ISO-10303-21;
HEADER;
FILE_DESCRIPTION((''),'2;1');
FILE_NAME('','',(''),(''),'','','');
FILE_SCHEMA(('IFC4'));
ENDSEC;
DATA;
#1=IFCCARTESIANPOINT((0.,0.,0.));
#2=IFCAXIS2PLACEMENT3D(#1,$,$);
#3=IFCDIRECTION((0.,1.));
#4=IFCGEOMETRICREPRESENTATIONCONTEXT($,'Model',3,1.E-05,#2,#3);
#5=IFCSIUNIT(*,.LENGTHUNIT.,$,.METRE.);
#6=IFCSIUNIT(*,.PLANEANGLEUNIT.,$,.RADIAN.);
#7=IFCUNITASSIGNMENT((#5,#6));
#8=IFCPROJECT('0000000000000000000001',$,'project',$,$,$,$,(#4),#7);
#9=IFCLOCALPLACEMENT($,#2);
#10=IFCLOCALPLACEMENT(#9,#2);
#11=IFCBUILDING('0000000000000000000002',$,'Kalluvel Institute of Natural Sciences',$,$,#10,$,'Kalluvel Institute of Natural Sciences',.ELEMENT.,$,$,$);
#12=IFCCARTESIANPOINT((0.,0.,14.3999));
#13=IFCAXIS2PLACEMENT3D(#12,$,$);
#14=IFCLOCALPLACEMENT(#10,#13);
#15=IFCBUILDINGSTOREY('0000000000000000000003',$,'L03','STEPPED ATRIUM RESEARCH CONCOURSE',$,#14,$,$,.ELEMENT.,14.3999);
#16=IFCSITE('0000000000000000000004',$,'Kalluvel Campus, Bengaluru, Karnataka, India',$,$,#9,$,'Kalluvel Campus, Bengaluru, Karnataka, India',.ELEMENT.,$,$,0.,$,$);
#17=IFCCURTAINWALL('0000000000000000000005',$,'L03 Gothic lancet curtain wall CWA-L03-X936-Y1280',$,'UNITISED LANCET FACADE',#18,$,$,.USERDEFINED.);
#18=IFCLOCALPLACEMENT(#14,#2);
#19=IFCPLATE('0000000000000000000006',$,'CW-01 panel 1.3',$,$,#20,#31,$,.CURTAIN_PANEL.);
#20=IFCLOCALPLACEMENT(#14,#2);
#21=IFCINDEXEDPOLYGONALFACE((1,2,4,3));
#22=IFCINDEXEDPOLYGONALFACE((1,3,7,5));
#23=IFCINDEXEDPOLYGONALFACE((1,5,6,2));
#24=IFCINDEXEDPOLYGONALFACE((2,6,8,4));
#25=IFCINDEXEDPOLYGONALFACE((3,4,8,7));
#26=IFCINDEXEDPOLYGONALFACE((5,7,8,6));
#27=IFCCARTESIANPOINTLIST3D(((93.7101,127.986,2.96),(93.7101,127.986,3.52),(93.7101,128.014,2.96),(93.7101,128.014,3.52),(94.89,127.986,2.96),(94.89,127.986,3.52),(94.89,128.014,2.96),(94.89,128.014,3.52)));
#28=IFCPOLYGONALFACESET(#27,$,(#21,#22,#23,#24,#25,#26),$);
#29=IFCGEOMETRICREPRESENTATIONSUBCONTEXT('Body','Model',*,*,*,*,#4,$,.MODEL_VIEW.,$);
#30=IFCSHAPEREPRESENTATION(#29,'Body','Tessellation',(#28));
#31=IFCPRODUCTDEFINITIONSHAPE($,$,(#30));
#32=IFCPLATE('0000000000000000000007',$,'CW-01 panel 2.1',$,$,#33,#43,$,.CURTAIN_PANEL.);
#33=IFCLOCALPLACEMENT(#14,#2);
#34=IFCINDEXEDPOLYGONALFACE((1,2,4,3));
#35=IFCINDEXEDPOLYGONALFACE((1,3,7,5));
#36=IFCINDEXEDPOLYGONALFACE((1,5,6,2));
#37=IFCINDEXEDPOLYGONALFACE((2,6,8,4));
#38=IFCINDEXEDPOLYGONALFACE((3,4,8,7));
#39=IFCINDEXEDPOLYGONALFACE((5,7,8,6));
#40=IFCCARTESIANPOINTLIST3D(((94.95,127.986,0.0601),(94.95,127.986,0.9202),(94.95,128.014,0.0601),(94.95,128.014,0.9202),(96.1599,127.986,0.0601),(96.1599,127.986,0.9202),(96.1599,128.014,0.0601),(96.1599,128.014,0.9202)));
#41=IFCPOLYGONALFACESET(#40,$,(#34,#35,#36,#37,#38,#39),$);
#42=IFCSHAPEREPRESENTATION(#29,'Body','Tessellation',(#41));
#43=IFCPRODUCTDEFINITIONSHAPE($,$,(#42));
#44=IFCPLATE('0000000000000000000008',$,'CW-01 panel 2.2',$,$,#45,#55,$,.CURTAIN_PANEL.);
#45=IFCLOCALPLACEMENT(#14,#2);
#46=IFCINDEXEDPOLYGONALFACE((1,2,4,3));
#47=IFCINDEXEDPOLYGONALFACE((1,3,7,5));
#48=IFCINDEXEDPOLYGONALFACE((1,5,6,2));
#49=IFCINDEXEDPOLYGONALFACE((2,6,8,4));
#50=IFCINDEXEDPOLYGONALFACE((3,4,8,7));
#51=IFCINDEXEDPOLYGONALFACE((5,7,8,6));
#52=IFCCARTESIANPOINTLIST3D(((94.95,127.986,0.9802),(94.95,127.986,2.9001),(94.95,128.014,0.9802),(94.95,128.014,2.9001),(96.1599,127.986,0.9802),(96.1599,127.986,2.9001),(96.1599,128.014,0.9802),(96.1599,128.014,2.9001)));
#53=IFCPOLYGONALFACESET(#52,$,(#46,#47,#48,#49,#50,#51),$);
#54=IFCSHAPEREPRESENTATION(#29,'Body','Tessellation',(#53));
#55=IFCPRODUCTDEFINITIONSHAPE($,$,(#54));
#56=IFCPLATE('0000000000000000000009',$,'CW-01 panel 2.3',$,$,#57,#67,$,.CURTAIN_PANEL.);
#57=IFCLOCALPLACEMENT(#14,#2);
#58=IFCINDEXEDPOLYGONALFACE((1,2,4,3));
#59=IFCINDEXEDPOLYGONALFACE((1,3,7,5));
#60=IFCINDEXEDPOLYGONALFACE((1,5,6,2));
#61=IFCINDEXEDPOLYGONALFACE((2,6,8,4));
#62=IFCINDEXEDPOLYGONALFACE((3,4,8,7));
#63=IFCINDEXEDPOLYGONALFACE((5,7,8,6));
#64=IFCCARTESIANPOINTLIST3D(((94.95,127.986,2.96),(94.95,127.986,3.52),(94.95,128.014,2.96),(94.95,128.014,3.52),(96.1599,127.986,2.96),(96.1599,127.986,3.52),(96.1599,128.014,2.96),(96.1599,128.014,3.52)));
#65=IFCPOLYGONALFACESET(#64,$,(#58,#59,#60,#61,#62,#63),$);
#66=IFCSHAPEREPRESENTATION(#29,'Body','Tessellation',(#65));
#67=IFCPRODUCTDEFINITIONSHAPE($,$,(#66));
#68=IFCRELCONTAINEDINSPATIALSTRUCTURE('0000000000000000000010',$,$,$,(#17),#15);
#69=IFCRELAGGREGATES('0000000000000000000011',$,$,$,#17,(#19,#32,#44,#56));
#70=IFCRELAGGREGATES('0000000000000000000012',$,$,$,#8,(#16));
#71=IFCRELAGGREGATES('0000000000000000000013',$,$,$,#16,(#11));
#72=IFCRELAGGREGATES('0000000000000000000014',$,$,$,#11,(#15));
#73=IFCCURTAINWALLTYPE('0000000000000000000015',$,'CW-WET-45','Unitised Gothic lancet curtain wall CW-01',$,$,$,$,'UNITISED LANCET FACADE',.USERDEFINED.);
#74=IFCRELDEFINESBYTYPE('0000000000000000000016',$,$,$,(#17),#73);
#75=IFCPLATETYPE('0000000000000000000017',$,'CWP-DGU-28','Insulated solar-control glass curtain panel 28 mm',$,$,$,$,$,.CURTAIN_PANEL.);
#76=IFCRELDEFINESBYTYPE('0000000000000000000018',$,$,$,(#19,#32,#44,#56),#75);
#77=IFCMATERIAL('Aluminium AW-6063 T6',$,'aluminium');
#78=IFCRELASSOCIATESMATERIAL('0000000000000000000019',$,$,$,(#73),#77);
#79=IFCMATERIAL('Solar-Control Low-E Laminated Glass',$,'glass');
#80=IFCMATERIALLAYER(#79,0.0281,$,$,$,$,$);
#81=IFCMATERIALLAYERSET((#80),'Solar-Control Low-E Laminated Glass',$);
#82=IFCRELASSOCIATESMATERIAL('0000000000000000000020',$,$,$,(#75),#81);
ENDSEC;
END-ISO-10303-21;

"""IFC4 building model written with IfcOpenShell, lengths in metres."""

from ifc_helpers import new_model, si_unit, direction, frame, origin, origin_2d, place, context, subcontext, project, spatial, rectangle, extrude, material, layer, layer_set, type_object, element, aggregate, save


model = new_model("IFC4")

# Units and contexts
model_context = context("Model", 3, precision=1e-05, world=origin(), true_north=direction((0.0, 1.0)))
body_context = subcontext(model_context, "Body", "Model", "MODEL_VIEW")
ifc_project = project(units=[si_unit("LENGTHUNIT", "METRE"), si_unit("PLANEANGLEUNIT", "RADIAN")], contexts=[model_context])

# Site, building, storey
site_placement = place(None, origin())
site = spatial("IfcSite", under=ifc_project, at=site_placement, Name="Kalluvel Campus, Bengaluru, Karnataka, India", LongName="Kalluvel Campus, Bengaluru, Karnataka, India", CompositionType="ELEMENT", RefElevation=0.0)
building_placement = place(site_placement, origin())
building = spatial("IfcBuilding", under=site, at=building_placement, Name="Kalluvel Institute of Natural Sciences", LongName="Kalluvel Institute of Natural Sciences", CompositionType="ELEMENT")
storey_placement = place(building_placement, frame((0.0, 0.0, 14.3999)))
storey = spatial("IfcBuildingStorey", under=building, at=storey_placement, Name="L03", Description="STEPPED ATRIUM RESEARCH CONCOURSE", CompositionType="ELEMENT", Elevation=14.3999)

# Curtain wall
ifc_material_1 = material(Name="Aluminium AW-6063 T6", Category="aluminium")
curtain_wall_type = type_object("IfcCurtainWallType", Name="CW-WET-45", Description="Unitised Gothic lancet curtain wall CW-01", ElementType="UNITISED LANCET FACADE", PredefinedType="USERDEFINED", material=ifc_material_1)
curtain_wall_1_placement = place(storey_placement, origin())
curtain_wall_1 = element("IfcCurtainWall", 1, at=curtain_wall_1_placement, inside=storey, type_object=curtain_wall_type, Name="L03 Gothic lancet curtain wall CWA-L03-X936-Y1280", ObjectType="UNITISED LANCET FACADE", PredefinedType="USERDEFINED")

# Plates
ifc_material_2 = material(Name="Solar-Control Low-E Laminated Glass", Category="glass")
ifc_layer = layer(ifc_material_2, 0.0281)
ifc_layer_set = layer_set([ifc_layer], Name="Solar-Control Low-E Laminated Glass")
plate_type = type_object("IfcPlateType", Name="CWP-DGU-28", Description="Insulated solar-control glass curtain panel 28 mm", PredefinedType="CURTAIN_PANEL", material=ifc_layer_set)
plate_1_placement = place(storey_placement, frame((94.3, 128.0, 2.96), z_axis=(0.0, 0.0, 1.0), x_axis=(1.0, 0.0, 0.0)))
plate_1 = element("IfcPlate", 2, at=plate_1_placement, type_object=plate_type, Name="CW-01 panel 1.3", PredefinedType="CURTAIN_PANEL", context=body_context, shape_type="SweptSolid", body=[
    extrude(rectangle(XDim=1.1799, YDim=0.0281, at=origin_2d()), origin(), (0.0, 0.0, 1.0), 0.5601),
])
plate_2_placement = place(storey_placement, frame((95.5549, 128.0, 0.0601), z_axis=(0.0, 0.0, 1.0), x_axis=(1.0, 0.0, 0.0)))
plate_2 = element("IfcPlate", 3, at=plate_2_placement, type_object=plate_type, Name="CW-01 panel 2.1", PredefinedType="CURTAIN_PANEL", context=body_context, shape_type="SweptSolid", body=[
    extrude(rectangle(XDim=1.21, YDim=0.0281, at=origin_2d()), origin(), (0.0, 0.0, 1.0), 0.8601),
])
plate_3_placement = place(storey_placement, frame((95.5549, 128.0, 0.9802), z_axis=(0.0, 0.0, 1.0), x_axis=(1.0, 0.0, 0.0)))
plate_3 = element("IfcPlate", 4, at=plate_3_placement, type_object=plate_type, Name="CW-01 panel 2.2", PredefinedType="CURTAIN_PANEL", context=body_context, shape_type="SweptSolid", body=[
    extrude(rectangle(XDim=1.21, YDim=0.0281, at=origin_2d()), origin(), (0.0, 0.0, 1.0), 1.9199),
])
plate_4_placement = place(storey_placement, frame((95.5549, 128.0, 2.96), z_axis=(0.0, 0.0, 1.0), x_axis=(1.0, 0.0, 0.0)))
plate_4 = element("IfcPlate", 5, at=plate_4_placement, type_object=plate_type, Name="CW-01 panel 2.3", PredefinedType="CURTAIN_PANEL", context=body_context, shape_type="SweptSolid", body=[
    extrude(rectangle(XDim=1.21, YDim=0.0281, at=origin_2d()), origin(), (0.0, 0.0, 1.0), 0.5601),
])
aggregate(curtain_wall_1, [plate_1, plate_2, plate_3, plate_4])

save(model, "model.ifc")
